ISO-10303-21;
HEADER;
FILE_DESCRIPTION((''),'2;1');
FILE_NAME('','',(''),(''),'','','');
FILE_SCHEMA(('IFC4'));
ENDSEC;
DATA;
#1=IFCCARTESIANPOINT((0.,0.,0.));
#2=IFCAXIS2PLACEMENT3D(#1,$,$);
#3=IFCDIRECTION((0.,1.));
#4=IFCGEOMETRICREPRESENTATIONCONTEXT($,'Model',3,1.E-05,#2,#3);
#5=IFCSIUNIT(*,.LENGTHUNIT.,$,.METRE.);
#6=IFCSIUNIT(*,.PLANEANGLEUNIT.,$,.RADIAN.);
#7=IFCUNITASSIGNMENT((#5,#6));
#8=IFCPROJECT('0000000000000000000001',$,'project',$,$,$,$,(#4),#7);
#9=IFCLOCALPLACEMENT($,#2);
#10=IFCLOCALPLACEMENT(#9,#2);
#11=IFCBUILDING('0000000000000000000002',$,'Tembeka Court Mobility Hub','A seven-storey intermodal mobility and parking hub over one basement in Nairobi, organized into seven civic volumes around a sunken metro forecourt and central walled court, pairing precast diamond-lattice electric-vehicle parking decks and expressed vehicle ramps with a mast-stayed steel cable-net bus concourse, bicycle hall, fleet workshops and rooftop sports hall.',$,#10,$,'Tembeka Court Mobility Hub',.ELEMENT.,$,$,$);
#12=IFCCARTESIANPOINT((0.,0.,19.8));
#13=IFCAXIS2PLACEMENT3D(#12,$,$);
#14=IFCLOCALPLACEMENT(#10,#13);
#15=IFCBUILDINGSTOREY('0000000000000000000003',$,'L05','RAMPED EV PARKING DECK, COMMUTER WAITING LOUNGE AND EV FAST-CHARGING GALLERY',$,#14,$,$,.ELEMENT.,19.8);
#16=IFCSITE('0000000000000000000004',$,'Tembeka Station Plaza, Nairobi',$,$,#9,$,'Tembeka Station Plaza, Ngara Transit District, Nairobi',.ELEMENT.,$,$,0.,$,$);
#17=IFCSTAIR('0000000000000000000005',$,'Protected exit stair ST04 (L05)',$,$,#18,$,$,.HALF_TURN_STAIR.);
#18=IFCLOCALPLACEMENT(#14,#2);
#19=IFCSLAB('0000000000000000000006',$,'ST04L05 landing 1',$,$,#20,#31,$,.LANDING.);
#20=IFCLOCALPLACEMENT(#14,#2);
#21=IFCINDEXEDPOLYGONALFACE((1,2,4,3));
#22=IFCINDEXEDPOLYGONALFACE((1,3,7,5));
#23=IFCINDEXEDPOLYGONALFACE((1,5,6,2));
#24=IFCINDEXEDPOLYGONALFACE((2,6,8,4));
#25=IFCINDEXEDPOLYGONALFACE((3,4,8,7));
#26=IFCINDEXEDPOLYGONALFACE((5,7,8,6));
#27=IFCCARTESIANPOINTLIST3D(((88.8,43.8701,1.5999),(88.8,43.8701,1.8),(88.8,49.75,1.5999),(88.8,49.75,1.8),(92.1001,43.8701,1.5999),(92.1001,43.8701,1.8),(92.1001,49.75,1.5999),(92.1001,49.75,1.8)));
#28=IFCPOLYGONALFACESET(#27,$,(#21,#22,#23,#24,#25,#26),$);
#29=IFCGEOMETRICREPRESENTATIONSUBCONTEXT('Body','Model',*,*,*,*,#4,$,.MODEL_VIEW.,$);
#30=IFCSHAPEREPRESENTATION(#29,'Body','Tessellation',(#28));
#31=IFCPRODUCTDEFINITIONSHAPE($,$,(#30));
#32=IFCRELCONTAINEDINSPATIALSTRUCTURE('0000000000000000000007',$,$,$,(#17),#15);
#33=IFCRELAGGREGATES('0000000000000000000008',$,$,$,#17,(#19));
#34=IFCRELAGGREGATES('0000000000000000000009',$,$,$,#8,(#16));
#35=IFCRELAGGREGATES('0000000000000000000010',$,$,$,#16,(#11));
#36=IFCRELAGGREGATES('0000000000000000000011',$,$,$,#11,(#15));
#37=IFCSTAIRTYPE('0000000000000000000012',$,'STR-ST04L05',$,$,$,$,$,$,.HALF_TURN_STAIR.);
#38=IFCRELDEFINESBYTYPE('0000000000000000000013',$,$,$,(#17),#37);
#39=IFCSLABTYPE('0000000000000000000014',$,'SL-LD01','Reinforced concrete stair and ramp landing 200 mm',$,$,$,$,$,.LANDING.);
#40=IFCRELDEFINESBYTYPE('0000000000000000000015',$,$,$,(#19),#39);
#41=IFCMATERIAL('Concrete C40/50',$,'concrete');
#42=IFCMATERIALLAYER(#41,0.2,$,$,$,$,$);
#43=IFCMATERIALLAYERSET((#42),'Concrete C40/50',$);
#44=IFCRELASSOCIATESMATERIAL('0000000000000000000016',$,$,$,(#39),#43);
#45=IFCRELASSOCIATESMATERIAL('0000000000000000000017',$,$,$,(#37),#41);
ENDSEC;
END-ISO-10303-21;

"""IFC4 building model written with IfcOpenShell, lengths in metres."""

from ifc_helpers import new_model, si_unit, direction, frame, origin, place, context, subcontext, project, spatial, polyline, outline, extrude, material, layer, layer_set, type_object, element, aggregate, save


model = new_model("IFC4")

# Units and contexts
model_context = context("Model", 3, precision=1e-05, world=origin(), true_north=direction((0.0, 1.0)))
body_context = subcontext(model_context, "Body", "Model", "MODEL_VIEW")
ifc_project = project(units=[si_unit("LENGTHUNIT", "METRE"), si_unit("PLANEANGLEUNIT", "RADIAN")], contexts=[model_context])

# Site, building, storey
site_placement = place(None, origin())
site = spatial("IfcSite", under=ifc_project, at=site_placement, Name="Tembeka Station Plaza, Nairobi", LongName="Tembeka Station Plaza, Ngara Transit District, Nairobi", CompositionType="ELEMENT", RefElevation=0.0)
building_placement = place(site_placement, origin())
building = spatial("IfcBuilding", under=site, at=building_placement, Name="Tembeka Court Mobility Hub", Description="A seven-storey intermodal mobility and parking hub over one basement in Nairobi, organized into seven civic volumes around a sunken metro forecourt and central walled court, pairing precast diamond-lattice electric-vehicle parking decks and expressed vehicle ramps with a mast-stayed steel cable-net bus concourse, bicycle hall, fleet workshops and rooftop sports hall.", LongName="Tembeka Court Mobility Hub", CompositionType="ELEMENT")
storey_placement = place(building_placement, frame((0.0, 0.0, 19.8)))
storey = spatial("IfcBuildingStorey", under=building, at=storey_placement, Name="L05", Description="RAMPED EV PARKING DECK, COMMUTER WAITING LOUNGE AND EV FAST-CHARGING GALLERY", CompositionType="ELEMENT", Elevation=19.8)

# Shared definitions
ifc_material_1 = material(Name="Concrete C40/50", Category="concrete")
ifc_layer_1 = layer(ifc_material_1, 0.2)
ifc_layer_set_1 = layer_set([ifc_layer_1], Name="Concrete C40/50")
slab_type = type_object("IfcSlabType", Name="SL-LD01", Description="Reinforced concrete stair and ramp landing 200 mm", PredefinedType="LANDING", material=ifc_layer_set_1)

# Stair, slab
stair_type = type_object("IfcStairType", Name="STR-ST04L05", PredefinedType="HALF_TURN_STAIR", material=ifc_material_1)
stair_placement = place(storey_placement, origin())
stair = element("IfcStair", 1, at=stair_placement, inside=storey, type_object=stair_type, Name="Protected exit stair ST04 (L05)", PredefinedType="HALF_TURN_STAIR")
slab_1_placement = place(storey_placement, frame((0.0, 0.0, 1.5999)))
slab_1 = element("IfcSlab", 2, at=slab_1_placement, type_object=slab_type, Name="ST04L05 landing 1", PredefinedType="LANDING", context=body_context, shape_type="SweptSolid", body=[
    extrude(outline(polyline([(92.1001, 43.8701), (92.1001, 49.75), (88.8, 49.75), (88.8, 43.8701), (92.1001, 43.8701)])), origin(), (0.0, 0.0, 1.0), 0.2002),
])
aggregate(stair, [slab_1])

save(model, "model.ifc")
